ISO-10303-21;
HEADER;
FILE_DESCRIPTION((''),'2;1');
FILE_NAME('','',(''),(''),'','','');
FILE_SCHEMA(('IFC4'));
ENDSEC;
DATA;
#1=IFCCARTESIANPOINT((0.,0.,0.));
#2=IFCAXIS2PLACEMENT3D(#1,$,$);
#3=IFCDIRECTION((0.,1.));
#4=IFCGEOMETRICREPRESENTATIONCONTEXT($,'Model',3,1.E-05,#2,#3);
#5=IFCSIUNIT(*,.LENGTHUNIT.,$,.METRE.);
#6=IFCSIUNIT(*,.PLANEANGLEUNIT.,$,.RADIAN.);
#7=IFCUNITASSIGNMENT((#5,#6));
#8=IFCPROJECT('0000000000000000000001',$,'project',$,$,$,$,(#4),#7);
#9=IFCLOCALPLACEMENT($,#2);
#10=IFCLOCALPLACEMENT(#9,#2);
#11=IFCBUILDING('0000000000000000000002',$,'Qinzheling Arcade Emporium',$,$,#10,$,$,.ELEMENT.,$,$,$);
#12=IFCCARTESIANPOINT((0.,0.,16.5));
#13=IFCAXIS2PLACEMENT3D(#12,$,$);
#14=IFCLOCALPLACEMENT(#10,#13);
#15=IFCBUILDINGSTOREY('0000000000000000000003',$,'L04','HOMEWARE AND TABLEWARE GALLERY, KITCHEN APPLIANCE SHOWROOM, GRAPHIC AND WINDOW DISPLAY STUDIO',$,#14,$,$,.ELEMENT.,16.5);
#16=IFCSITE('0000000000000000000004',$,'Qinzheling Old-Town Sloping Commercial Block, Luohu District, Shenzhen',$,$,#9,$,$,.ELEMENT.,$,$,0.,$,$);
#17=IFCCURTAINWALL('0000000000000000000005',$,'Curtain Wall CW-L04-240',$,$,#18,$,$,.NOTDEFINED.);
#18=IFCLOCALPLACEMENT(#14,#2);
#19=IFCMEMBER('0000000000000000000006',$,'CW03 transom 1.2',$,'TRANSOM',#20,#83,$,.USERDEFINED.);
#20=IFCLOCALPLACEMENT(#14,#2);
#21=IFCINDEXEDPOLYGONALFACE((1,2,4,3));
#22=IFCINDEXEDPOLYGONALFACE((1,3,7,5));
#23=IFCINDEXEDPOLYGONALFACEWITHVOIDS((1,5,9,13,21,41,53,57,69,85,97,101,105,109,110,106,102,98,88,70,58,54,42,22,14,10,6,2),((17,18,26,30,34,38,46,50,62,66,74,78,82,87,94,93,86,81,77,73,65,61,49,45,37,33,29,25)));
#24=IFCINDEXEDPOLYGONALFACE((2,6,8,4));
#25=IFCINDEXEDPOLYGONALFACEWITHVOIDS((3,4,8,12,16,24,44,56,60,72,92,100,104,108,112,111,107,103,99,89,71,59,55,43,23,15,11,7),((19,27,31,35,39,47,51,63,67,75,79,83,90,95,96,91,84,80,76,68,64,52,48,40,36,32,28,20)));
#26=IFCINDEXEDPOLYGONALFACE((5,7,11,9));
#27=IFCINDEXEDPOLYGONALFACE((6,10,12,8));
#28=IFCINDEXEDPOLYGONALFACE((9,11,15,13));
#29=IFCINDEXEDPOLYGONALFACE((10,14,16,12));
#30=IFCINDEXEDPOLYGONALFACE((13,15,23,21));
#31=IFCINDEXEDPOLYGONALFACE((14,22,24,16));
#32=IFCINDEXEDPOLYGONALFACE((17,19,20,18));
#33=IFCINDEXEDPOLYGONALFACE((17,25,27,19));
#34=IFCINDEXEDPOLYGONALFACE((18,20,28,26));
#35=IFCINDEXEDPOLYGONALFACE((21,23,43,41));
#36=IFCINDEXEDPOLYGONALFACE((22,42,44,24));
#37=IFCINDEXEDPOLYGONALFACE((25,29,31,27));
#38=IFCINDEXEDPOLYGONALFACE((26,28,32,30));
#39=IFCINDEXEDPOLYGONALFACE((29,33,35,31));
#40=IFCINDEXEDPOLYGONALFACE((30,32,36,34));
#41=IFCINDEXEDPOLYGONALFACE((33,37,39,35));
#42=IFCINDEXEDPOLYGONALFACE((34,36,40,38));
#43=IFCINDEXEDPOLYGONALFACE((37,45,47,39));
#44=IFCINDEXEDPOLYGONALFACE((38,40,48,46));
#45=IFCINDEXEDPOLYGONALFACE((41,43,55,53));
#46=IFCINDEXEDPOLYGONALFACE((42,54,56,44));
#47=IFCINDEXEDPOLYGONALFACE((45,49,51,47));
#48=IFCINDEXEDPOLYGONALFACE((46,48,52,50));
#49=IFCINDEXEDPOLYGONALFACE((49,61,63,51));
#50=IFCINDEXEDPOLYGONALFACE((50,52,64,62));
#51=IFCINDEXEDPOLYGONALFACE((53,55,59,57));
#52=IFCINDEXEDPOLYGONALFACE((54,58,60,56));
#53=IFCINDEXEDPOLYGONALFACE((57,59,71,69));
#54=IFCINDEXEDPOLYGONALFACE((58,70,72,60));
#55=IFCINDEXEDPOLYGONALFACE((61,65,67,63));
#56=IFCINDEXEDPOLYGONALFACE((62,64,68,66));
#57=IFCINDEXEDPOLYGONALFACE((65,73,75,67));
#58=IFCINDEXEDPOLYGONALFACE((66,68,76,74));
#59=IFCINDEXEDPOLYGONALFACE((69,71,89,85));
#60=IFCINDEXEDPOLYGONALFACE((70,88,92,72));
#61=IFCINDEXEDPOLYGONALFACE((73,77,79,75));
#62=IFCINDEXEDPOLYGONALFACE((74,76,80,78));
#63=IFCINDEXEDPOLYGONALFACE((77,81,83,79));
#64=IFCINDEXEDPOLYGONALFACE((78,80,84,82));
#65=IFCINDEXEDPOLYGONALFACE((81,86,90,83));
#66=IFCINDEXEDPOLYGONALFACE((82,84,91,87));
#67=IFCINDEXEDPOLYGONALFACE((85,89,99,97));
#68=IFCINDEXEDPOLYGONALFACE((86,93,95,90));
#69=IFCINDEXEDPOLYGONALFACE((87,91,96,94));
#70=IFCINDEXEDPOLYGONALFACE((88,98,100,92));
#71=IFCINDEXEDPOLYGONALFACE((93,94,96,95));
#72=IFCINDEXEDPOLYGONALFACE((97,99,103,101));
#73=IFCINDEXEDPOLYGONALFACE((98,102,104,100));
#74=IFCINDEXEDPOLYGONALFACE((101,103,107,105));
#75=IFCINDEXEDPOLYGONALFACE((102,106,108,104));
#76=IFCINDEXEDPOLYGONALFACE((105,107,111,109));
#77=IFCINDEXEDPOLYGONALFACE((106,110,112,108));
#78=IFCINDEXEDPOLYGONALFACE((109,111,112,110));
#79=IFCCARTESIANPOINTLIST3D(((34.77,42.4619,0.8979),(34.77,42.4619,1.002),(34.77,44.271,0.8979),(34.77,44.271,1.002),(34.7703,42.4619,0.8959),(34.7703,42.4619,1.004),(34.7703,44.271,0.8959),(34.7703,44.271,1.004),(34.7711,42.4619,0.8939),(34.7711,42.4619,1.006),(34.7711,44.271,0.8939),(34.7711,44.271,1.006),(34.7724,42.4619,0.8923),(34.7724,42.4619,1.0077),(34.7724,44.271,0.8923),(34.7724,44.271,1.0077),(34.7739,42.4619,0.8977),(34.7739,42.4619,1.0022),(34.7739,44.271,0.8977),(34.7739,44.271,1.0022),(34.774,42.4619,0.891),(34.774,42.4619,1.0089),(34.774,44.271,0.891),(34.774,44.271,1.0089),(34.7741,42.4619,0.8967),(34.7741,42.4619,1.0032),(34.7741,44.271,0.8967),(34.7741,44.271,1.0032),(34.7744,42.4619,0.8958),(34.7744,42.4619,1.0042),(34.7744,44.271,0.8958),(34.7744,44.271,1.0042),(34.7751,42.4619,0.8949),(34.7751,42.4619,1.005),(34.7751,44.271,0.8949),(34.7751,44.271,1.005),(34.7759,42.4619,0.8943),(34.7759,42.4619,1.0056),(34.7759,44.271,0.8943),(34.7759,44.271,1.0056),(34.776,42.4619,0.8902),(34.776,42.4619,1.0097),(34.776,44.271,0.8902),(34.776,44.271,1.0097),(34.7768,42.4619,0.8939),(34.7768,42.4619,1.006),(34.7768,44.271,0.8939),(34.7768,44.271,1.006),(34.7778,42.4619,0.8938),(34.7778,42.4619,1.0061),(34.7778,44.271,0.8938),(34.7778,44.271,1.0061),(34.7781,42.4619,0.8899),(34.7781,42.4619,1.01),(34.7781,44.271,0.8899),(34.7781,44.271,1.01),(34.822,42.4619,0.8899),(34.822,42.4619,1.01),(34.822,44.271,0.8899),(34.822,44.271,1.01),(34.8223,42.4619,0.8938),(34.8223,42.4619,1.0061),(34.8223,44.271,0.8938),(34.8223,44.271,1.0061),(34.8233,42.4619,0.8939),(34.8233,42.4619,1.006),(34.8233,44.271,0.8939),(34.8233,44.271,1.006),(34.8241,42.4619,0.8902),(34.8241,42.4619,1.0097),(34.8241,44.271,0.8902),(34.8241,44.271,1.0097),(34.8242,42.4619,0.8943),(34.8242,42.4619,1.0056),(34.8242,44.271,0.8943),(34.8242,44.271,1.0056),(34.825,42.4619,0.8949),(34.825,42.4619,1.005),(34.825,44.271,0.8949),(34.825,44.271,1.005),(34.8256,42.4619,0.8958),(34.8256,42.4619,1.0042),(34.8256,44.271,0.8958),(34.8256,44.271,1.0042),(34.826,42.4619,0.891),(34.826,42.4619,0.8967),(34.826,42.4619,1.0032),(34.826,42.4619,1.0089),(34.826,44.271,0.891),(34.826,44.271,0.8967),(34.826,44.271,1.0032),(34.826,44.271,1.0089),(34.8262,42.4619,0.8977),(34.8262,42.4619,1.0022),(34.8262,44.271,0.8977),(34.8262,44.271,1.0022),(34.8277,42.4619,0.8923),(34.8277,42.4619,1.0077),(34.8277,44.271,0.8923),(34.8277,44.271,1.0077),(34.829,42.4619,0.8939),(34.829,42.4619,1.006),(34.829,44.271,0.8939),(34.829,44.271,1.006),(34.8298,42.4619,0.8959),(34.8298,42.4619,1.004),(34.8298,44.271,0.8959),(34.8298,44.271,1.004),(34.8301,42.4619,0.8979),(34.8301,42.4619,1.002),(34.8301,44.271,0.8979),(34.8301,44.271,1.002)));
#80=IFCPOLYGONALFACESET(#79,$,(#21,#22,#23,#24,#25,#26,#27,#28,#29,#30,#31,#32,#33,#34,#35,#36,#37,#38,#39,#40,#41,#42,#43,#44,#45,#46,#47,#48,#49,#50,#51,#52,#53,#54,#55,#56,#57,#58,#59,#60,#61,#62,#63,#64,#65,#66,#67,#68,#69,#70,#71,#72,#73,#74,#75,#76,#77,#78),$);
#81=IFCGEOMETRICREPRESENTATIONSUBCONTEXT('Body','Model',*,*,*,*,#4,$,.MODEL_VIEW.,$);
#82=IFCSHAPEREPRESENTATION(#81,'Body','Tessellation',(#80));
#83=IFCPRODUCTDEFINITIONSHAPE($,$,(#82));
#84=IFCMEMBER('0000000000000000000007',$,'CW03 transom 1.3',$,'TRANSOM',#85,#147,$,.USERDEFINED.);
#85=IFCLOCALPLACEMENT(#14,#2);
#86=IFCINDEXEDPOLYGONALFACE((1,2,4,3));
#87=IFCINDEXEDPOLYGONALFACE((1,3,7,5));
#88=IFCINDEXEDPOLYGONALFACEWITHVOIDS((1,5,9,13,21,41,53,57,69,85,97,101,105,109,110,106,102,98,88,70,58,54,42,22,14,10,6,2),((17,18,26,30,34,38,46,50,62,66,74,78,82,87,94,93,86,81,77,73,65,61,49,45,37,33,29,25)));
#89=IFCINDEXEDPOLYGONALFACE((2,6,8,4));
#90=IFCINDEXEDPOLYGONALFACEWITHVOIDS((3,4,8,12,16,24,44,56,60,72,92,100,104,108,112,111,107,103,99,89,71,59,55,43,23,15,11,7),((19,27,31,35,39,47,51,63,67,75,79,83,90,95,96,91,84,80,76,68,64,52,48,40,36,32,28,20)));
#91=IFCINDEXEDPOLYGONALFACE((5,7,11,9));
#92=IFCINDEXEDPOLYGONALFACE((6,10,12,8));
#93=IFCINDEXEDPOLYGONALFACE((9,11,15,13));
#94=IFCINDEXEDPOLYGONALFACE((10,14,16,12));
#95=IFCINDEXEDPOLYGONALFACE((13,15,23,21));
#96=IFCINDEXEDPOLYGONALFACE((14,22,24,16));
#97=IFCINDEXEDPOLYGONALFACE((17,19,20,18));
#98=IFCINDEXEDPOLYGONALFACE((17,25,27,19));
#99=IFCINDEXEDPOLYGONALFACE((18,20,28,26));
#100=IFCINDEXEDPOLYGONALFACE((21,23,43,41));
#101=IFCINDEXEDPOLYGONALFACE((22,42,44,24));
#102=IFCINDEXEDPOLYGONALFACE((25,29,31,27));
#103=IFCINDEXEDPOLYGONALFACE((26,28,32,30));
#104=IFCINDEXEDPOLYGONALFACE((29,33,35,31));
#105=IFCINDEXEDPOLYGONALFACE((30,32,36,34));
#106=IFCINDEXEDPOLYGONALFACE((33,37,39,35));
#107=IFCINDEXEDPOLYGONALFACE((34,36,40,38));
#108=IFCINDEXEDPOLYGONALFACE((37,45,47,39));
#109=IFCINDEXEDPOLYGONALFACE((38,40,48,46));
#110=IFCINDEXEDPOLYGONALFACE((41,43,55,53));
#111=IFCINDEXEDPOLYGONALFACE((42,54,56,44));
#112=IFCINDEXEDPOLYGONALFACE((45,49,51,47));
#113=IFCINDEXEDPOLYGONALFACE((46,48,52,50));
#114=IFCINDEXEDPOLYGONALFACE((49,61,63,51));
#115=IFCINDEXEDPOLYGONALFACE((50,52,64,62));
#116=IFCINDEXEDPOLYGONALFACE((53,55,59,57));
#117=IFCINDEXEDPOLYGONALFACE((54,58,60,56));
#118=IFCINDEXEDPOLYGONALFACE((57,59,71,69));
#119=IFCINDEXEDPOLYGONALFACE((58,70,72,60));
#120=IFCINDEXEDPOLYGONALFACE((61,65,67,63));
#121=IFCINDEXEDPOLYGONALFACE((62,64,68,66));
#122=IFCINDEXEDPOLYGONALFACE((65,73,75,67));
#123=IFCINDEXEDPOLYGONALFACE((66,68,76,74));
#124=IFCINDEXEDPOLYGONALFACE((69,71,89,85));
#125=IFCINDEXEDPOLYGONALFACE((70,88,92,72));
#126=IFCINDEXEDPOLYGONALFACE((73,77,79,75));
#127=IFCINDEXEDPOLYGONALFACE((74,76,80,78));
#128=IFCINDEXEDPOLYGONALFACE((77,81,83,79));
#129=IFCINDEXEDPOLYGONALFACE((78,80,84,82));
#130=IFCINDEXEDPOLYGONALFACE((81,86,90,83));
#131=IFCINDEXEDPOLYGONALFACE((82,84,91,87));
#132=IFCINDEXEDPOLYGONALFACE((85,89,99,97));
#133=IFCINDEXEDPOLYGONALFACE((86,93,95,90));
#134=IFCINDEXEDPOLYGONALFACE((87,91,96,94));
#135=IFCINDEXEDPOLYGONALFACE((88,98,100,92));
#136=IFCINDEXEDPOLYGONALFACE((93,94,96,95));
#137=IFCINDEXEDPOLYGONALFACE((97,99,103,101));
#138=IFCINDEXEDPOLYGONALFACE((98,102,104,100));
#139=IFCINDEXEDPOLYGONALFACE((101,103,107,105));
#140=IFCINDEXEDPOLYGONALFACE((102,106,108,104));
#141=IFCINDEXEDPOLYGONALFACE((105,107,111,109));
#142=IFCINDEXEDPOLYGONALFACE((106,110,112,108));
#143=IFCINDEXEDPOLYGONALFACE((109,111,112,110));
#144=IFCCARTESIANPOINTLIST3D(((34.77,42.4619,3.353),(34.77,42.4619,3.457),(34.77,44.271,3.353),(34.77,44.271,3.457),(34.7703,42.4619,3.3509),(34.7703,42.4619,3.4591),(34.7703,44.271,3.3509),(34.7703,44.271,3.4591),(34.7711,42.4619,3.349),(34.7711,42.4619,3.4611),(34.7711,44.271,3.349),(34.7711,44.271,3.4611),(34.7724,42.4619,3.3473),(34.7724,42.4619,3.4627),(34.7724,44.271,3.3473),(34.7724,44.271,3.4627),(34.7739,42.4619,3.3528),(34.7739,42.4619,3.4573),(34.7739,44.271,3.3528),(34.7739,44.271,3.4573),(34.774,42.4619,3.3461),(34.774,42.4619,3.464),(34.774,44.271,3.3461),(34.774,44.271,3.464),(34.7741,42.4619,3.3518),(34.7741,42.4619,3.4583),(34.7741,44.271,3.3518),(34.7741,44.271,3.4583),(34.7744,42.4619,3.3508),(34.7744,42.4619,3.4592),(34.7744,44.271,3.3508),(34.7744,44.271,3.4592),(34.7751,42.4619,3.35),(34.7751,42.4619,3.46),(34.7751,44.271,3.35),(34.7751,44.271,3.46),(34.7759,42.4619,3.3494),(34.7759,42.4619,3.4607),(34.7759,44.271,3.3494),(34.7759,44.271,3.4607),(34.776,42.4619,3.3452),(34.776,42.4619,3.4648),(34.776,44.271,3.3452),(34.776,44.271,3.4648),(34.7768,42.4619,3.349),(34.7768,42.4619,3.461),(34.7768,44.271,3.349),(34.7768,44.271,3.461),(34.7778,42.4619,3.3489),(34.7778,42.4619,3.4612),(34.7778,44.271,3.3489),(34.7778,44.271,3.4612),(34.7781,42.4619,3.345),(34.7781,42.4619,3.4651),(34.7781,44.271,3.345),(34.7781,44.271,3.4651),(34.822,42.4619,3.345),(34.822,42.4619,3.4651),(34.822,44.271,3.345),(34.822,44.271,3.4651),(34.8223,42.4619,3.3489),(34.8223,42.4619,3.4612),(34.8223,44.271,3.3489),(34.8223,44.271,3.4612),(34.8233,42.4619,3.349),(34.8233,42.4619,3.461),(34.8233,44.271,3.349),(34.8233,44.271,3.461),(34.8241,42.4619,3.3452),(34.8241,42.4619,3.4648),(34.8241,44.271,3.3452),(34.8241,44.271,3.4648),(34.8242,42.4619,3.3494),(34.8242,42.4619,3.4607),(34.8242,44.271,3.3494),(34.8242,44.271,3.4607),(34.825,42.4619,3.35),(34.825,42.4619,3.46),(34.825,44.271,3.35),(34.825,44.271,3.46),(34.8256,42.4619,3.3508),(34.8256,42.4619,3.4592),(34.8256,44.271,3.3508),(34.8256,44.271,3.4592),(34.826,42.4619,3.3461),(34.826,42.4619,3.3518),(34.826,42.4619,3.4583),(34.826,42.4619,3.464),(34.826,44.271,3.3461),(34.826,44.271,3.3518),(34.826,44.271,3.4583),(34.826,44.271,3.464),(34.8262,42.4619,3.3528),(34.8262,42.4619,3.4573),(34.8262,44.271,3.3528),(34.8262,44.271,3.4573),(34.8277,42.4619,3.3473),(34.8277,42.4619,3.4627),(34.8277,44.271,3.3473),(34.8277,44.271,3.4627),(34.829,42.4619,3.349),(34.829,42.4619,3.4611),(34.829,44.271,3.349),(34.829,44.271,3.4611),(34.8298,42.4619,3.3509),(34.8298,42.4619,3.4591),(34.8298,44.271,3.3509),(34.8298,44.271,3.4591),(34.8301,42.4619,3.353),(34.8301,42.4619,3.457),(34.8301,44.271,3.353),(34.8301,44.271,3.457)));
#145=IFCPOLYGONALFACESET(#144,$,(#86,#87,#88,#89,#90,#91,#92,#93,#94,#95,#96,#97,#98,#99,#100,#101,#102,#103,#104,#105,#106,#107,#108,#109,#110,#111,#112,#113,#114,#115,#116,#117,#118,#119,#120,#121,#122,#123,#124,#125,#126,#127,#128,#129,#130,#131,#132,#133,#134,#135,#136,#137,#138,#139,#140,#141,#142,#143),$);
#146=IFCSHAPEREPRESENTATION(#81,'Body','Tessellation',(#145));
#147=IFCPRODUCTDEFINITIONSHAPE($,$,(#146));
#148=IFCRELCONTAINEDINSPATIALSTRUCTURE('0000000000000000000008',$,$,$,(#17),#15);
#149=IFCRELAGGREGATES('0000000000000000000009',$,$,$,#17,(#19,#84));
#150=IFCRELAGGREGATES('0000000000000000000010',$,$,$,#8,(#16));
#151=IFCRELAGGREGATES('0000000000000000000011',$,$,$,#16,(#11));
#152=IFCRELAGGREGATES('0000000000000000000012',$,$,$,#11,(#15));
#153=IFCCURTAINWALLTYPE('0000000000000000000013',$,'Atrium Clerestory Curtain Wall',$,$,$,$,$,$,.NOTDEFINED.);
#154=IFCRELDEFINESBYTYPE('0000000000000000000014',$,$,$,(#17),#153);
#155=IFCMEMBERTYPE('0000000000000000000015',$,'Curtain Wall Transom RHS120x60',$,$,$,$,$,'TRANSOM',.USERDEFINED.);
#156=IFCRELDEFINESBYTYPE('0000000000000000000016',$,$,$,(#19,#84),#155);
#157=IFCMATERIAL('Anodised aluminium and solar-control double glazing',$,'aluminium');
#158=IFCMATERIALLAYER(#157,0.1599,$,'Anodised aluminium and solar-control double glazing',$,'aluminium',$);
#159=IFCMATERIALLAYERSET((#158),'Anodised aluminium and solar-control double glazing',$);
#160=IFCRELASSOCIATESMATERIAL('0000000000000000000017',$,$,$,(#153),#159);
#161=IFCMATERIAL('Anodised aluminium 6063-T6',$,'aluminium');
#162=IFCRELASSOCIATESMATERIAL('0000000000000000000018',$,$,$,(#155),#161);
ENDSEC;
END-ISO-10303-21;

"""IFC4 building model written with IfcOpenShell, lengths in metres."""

from ifc_helpers import new_model, si_unit, direction, frame, origin, origin_2d, place, context, subcontext, project, spatial, hollow_rectangle, extrude, material, layer, layer_set, material_profile, profile_set, type_object, element, aggregate, save


model = new_model("IFC4")

# Units and contexts
model_context = context("Model", 3, precision=1e-05, world=origin(), true_north=direction((0.0, 1.0)))
body_context = subcontext(model_context, "Body", "Model", "MODEL_VIEW")
ifc_project = project(units=[si_unit("LENGTHUNIT", "METRE"), si_unit("PLANEANGLEUNIT", "RADIAN")], contexts=[model_context])

# Site, building, storey
site_placement = place(None, origin())
site = spatial("IfcSite", under=ifc_project, at=site_placement, Name="Qinzheling Old-Town Sloping Commercial Block, Luohu District, Shenzhen", CompositionType="ELEMENT", RefElevation=0.0)
building_placement = place(site_placement, origin())
building = spatial("IfcBuilding", under=site, at=building_placement, Name="Qinzheling Arcade Emporium", CompositionType="ELEMENT")
storey_placement = place(building_placement, frame((0.0, 0.0, 16.5)))
storey = spatial("IfcBuildingStorey", under=building, at=storey_placement, Name="L04", Description="HOMEWARE AND TABLEWARE GALLERY, KITCHEN APPLIANCE SHOWROOM, GRAPHIC AND WINDOW DISPLAY STUDIO", CompositionType="ELEMENT", Elevation=16.5)

# Curtain wall
ifc_material_1 = material(Name="Anodised aluminium and solar-control double glazing", Category="aluminium")
ifc_layer_1 = layer(ifc_material_1, 0.1599, Name="Anodised aluminium and solar-control double glazing", Category="aluminium")
ifc_layer_set_1 = layer_set([ifc_layer_1], Name="Anodised aluminium and solar-control double glazing")
curtain_wall_type = type_object("IfcCurtainWallType", Name="Atrium Clerestory Curtain Wall", PredefinedType="NOTDEFINED", material=ifc_layer_set_1)
curtain_wall_1_placement = place(storey_placement, origin())
curtain_wall_1 = element("IfcCurtainWall", 1, at=curtain_wall_1_placement, inside=storey, type_object=curtain_wall_type, Name="Curtain Wall CW-L04-240", PredefinedType="NOTDEFINED")
ifc_material_2 = material(Name="Anodised aluminium 6063-T6", Category="aluminium")

# Members
ifc_material_profile_1 = material_profile(ifc_material_2, hollow_rectangle(XDim=0.0601, YDim=0.1201, WallThickness=0.0039, InnerFilletRadius=0.0039, OuterFilletRadius=0.0081, at=origin_2d()), Name="RHS 120x60x4", Category="aluminium")
ifc_profile_set_1 = profile_set([ifc_material_profile_1], Name="Anodised aluminium 6063-T6")
member_type_1 = type_object("IfcMemberType", Name="Curtain Wall Transom RHS120x60", ElementType="TRANSOM", PredefinedType="USERDEFINED", material=ifc_profile_set_1)
member_1_placement = place(storey_placement, frame((34.8, 42.4619, 0.95), z_axis=(0.0, 1.0, 0.0), x_axis=(-1.0, 0.0, 0.0)))
member_1 = element("IfcMember", 2, at=member_1_placement, type_object=member_type_1, Name="CW03 transom 1.2", ObjectType="TRANSOM", PredefinedType="USERDEFINED", context=body_context, shape_type="SweptSolid", body=[
    extrude(hollow_rectangle(XDim=0.0601, YDim=0.1201, WallThickness=0.0039, InnerFilletRadius=0.0039, OuterFilletRadius=0.0081, at=origin_2d()), origin(), (0.0, 0.0, 1.0), 1.8091),
])
member_2_placement = place(storey_placement, frame((34.8, 42.4619, 3.405), z_axis=(0.0, 1.0, 0.0), x_axis=(-1.0, 0.0, 0.0)))
member_2 = element("IfcMember", 3, at=member_2_placement, type_object=member_type_1, Name="CW03 transom 1.3", ObjectType="TRANSOM", PredefinedType="USERDEFINED", context=body_context, shape_type="SweptSolid", body=[
    extrude(hollow_rectangle(XDim=0.0601, YDim=0.1201, WallThickness=0.0039, InnerFilletRadius=0.0039, OuterFilletRadius=0.0081, at=origin_2d()), origin(), (0.0, 0.0, 1.0), 1.8091),
])

aggregate(curtain_wall_1, [member_1, member_2])

save(model, "model.ifc")
